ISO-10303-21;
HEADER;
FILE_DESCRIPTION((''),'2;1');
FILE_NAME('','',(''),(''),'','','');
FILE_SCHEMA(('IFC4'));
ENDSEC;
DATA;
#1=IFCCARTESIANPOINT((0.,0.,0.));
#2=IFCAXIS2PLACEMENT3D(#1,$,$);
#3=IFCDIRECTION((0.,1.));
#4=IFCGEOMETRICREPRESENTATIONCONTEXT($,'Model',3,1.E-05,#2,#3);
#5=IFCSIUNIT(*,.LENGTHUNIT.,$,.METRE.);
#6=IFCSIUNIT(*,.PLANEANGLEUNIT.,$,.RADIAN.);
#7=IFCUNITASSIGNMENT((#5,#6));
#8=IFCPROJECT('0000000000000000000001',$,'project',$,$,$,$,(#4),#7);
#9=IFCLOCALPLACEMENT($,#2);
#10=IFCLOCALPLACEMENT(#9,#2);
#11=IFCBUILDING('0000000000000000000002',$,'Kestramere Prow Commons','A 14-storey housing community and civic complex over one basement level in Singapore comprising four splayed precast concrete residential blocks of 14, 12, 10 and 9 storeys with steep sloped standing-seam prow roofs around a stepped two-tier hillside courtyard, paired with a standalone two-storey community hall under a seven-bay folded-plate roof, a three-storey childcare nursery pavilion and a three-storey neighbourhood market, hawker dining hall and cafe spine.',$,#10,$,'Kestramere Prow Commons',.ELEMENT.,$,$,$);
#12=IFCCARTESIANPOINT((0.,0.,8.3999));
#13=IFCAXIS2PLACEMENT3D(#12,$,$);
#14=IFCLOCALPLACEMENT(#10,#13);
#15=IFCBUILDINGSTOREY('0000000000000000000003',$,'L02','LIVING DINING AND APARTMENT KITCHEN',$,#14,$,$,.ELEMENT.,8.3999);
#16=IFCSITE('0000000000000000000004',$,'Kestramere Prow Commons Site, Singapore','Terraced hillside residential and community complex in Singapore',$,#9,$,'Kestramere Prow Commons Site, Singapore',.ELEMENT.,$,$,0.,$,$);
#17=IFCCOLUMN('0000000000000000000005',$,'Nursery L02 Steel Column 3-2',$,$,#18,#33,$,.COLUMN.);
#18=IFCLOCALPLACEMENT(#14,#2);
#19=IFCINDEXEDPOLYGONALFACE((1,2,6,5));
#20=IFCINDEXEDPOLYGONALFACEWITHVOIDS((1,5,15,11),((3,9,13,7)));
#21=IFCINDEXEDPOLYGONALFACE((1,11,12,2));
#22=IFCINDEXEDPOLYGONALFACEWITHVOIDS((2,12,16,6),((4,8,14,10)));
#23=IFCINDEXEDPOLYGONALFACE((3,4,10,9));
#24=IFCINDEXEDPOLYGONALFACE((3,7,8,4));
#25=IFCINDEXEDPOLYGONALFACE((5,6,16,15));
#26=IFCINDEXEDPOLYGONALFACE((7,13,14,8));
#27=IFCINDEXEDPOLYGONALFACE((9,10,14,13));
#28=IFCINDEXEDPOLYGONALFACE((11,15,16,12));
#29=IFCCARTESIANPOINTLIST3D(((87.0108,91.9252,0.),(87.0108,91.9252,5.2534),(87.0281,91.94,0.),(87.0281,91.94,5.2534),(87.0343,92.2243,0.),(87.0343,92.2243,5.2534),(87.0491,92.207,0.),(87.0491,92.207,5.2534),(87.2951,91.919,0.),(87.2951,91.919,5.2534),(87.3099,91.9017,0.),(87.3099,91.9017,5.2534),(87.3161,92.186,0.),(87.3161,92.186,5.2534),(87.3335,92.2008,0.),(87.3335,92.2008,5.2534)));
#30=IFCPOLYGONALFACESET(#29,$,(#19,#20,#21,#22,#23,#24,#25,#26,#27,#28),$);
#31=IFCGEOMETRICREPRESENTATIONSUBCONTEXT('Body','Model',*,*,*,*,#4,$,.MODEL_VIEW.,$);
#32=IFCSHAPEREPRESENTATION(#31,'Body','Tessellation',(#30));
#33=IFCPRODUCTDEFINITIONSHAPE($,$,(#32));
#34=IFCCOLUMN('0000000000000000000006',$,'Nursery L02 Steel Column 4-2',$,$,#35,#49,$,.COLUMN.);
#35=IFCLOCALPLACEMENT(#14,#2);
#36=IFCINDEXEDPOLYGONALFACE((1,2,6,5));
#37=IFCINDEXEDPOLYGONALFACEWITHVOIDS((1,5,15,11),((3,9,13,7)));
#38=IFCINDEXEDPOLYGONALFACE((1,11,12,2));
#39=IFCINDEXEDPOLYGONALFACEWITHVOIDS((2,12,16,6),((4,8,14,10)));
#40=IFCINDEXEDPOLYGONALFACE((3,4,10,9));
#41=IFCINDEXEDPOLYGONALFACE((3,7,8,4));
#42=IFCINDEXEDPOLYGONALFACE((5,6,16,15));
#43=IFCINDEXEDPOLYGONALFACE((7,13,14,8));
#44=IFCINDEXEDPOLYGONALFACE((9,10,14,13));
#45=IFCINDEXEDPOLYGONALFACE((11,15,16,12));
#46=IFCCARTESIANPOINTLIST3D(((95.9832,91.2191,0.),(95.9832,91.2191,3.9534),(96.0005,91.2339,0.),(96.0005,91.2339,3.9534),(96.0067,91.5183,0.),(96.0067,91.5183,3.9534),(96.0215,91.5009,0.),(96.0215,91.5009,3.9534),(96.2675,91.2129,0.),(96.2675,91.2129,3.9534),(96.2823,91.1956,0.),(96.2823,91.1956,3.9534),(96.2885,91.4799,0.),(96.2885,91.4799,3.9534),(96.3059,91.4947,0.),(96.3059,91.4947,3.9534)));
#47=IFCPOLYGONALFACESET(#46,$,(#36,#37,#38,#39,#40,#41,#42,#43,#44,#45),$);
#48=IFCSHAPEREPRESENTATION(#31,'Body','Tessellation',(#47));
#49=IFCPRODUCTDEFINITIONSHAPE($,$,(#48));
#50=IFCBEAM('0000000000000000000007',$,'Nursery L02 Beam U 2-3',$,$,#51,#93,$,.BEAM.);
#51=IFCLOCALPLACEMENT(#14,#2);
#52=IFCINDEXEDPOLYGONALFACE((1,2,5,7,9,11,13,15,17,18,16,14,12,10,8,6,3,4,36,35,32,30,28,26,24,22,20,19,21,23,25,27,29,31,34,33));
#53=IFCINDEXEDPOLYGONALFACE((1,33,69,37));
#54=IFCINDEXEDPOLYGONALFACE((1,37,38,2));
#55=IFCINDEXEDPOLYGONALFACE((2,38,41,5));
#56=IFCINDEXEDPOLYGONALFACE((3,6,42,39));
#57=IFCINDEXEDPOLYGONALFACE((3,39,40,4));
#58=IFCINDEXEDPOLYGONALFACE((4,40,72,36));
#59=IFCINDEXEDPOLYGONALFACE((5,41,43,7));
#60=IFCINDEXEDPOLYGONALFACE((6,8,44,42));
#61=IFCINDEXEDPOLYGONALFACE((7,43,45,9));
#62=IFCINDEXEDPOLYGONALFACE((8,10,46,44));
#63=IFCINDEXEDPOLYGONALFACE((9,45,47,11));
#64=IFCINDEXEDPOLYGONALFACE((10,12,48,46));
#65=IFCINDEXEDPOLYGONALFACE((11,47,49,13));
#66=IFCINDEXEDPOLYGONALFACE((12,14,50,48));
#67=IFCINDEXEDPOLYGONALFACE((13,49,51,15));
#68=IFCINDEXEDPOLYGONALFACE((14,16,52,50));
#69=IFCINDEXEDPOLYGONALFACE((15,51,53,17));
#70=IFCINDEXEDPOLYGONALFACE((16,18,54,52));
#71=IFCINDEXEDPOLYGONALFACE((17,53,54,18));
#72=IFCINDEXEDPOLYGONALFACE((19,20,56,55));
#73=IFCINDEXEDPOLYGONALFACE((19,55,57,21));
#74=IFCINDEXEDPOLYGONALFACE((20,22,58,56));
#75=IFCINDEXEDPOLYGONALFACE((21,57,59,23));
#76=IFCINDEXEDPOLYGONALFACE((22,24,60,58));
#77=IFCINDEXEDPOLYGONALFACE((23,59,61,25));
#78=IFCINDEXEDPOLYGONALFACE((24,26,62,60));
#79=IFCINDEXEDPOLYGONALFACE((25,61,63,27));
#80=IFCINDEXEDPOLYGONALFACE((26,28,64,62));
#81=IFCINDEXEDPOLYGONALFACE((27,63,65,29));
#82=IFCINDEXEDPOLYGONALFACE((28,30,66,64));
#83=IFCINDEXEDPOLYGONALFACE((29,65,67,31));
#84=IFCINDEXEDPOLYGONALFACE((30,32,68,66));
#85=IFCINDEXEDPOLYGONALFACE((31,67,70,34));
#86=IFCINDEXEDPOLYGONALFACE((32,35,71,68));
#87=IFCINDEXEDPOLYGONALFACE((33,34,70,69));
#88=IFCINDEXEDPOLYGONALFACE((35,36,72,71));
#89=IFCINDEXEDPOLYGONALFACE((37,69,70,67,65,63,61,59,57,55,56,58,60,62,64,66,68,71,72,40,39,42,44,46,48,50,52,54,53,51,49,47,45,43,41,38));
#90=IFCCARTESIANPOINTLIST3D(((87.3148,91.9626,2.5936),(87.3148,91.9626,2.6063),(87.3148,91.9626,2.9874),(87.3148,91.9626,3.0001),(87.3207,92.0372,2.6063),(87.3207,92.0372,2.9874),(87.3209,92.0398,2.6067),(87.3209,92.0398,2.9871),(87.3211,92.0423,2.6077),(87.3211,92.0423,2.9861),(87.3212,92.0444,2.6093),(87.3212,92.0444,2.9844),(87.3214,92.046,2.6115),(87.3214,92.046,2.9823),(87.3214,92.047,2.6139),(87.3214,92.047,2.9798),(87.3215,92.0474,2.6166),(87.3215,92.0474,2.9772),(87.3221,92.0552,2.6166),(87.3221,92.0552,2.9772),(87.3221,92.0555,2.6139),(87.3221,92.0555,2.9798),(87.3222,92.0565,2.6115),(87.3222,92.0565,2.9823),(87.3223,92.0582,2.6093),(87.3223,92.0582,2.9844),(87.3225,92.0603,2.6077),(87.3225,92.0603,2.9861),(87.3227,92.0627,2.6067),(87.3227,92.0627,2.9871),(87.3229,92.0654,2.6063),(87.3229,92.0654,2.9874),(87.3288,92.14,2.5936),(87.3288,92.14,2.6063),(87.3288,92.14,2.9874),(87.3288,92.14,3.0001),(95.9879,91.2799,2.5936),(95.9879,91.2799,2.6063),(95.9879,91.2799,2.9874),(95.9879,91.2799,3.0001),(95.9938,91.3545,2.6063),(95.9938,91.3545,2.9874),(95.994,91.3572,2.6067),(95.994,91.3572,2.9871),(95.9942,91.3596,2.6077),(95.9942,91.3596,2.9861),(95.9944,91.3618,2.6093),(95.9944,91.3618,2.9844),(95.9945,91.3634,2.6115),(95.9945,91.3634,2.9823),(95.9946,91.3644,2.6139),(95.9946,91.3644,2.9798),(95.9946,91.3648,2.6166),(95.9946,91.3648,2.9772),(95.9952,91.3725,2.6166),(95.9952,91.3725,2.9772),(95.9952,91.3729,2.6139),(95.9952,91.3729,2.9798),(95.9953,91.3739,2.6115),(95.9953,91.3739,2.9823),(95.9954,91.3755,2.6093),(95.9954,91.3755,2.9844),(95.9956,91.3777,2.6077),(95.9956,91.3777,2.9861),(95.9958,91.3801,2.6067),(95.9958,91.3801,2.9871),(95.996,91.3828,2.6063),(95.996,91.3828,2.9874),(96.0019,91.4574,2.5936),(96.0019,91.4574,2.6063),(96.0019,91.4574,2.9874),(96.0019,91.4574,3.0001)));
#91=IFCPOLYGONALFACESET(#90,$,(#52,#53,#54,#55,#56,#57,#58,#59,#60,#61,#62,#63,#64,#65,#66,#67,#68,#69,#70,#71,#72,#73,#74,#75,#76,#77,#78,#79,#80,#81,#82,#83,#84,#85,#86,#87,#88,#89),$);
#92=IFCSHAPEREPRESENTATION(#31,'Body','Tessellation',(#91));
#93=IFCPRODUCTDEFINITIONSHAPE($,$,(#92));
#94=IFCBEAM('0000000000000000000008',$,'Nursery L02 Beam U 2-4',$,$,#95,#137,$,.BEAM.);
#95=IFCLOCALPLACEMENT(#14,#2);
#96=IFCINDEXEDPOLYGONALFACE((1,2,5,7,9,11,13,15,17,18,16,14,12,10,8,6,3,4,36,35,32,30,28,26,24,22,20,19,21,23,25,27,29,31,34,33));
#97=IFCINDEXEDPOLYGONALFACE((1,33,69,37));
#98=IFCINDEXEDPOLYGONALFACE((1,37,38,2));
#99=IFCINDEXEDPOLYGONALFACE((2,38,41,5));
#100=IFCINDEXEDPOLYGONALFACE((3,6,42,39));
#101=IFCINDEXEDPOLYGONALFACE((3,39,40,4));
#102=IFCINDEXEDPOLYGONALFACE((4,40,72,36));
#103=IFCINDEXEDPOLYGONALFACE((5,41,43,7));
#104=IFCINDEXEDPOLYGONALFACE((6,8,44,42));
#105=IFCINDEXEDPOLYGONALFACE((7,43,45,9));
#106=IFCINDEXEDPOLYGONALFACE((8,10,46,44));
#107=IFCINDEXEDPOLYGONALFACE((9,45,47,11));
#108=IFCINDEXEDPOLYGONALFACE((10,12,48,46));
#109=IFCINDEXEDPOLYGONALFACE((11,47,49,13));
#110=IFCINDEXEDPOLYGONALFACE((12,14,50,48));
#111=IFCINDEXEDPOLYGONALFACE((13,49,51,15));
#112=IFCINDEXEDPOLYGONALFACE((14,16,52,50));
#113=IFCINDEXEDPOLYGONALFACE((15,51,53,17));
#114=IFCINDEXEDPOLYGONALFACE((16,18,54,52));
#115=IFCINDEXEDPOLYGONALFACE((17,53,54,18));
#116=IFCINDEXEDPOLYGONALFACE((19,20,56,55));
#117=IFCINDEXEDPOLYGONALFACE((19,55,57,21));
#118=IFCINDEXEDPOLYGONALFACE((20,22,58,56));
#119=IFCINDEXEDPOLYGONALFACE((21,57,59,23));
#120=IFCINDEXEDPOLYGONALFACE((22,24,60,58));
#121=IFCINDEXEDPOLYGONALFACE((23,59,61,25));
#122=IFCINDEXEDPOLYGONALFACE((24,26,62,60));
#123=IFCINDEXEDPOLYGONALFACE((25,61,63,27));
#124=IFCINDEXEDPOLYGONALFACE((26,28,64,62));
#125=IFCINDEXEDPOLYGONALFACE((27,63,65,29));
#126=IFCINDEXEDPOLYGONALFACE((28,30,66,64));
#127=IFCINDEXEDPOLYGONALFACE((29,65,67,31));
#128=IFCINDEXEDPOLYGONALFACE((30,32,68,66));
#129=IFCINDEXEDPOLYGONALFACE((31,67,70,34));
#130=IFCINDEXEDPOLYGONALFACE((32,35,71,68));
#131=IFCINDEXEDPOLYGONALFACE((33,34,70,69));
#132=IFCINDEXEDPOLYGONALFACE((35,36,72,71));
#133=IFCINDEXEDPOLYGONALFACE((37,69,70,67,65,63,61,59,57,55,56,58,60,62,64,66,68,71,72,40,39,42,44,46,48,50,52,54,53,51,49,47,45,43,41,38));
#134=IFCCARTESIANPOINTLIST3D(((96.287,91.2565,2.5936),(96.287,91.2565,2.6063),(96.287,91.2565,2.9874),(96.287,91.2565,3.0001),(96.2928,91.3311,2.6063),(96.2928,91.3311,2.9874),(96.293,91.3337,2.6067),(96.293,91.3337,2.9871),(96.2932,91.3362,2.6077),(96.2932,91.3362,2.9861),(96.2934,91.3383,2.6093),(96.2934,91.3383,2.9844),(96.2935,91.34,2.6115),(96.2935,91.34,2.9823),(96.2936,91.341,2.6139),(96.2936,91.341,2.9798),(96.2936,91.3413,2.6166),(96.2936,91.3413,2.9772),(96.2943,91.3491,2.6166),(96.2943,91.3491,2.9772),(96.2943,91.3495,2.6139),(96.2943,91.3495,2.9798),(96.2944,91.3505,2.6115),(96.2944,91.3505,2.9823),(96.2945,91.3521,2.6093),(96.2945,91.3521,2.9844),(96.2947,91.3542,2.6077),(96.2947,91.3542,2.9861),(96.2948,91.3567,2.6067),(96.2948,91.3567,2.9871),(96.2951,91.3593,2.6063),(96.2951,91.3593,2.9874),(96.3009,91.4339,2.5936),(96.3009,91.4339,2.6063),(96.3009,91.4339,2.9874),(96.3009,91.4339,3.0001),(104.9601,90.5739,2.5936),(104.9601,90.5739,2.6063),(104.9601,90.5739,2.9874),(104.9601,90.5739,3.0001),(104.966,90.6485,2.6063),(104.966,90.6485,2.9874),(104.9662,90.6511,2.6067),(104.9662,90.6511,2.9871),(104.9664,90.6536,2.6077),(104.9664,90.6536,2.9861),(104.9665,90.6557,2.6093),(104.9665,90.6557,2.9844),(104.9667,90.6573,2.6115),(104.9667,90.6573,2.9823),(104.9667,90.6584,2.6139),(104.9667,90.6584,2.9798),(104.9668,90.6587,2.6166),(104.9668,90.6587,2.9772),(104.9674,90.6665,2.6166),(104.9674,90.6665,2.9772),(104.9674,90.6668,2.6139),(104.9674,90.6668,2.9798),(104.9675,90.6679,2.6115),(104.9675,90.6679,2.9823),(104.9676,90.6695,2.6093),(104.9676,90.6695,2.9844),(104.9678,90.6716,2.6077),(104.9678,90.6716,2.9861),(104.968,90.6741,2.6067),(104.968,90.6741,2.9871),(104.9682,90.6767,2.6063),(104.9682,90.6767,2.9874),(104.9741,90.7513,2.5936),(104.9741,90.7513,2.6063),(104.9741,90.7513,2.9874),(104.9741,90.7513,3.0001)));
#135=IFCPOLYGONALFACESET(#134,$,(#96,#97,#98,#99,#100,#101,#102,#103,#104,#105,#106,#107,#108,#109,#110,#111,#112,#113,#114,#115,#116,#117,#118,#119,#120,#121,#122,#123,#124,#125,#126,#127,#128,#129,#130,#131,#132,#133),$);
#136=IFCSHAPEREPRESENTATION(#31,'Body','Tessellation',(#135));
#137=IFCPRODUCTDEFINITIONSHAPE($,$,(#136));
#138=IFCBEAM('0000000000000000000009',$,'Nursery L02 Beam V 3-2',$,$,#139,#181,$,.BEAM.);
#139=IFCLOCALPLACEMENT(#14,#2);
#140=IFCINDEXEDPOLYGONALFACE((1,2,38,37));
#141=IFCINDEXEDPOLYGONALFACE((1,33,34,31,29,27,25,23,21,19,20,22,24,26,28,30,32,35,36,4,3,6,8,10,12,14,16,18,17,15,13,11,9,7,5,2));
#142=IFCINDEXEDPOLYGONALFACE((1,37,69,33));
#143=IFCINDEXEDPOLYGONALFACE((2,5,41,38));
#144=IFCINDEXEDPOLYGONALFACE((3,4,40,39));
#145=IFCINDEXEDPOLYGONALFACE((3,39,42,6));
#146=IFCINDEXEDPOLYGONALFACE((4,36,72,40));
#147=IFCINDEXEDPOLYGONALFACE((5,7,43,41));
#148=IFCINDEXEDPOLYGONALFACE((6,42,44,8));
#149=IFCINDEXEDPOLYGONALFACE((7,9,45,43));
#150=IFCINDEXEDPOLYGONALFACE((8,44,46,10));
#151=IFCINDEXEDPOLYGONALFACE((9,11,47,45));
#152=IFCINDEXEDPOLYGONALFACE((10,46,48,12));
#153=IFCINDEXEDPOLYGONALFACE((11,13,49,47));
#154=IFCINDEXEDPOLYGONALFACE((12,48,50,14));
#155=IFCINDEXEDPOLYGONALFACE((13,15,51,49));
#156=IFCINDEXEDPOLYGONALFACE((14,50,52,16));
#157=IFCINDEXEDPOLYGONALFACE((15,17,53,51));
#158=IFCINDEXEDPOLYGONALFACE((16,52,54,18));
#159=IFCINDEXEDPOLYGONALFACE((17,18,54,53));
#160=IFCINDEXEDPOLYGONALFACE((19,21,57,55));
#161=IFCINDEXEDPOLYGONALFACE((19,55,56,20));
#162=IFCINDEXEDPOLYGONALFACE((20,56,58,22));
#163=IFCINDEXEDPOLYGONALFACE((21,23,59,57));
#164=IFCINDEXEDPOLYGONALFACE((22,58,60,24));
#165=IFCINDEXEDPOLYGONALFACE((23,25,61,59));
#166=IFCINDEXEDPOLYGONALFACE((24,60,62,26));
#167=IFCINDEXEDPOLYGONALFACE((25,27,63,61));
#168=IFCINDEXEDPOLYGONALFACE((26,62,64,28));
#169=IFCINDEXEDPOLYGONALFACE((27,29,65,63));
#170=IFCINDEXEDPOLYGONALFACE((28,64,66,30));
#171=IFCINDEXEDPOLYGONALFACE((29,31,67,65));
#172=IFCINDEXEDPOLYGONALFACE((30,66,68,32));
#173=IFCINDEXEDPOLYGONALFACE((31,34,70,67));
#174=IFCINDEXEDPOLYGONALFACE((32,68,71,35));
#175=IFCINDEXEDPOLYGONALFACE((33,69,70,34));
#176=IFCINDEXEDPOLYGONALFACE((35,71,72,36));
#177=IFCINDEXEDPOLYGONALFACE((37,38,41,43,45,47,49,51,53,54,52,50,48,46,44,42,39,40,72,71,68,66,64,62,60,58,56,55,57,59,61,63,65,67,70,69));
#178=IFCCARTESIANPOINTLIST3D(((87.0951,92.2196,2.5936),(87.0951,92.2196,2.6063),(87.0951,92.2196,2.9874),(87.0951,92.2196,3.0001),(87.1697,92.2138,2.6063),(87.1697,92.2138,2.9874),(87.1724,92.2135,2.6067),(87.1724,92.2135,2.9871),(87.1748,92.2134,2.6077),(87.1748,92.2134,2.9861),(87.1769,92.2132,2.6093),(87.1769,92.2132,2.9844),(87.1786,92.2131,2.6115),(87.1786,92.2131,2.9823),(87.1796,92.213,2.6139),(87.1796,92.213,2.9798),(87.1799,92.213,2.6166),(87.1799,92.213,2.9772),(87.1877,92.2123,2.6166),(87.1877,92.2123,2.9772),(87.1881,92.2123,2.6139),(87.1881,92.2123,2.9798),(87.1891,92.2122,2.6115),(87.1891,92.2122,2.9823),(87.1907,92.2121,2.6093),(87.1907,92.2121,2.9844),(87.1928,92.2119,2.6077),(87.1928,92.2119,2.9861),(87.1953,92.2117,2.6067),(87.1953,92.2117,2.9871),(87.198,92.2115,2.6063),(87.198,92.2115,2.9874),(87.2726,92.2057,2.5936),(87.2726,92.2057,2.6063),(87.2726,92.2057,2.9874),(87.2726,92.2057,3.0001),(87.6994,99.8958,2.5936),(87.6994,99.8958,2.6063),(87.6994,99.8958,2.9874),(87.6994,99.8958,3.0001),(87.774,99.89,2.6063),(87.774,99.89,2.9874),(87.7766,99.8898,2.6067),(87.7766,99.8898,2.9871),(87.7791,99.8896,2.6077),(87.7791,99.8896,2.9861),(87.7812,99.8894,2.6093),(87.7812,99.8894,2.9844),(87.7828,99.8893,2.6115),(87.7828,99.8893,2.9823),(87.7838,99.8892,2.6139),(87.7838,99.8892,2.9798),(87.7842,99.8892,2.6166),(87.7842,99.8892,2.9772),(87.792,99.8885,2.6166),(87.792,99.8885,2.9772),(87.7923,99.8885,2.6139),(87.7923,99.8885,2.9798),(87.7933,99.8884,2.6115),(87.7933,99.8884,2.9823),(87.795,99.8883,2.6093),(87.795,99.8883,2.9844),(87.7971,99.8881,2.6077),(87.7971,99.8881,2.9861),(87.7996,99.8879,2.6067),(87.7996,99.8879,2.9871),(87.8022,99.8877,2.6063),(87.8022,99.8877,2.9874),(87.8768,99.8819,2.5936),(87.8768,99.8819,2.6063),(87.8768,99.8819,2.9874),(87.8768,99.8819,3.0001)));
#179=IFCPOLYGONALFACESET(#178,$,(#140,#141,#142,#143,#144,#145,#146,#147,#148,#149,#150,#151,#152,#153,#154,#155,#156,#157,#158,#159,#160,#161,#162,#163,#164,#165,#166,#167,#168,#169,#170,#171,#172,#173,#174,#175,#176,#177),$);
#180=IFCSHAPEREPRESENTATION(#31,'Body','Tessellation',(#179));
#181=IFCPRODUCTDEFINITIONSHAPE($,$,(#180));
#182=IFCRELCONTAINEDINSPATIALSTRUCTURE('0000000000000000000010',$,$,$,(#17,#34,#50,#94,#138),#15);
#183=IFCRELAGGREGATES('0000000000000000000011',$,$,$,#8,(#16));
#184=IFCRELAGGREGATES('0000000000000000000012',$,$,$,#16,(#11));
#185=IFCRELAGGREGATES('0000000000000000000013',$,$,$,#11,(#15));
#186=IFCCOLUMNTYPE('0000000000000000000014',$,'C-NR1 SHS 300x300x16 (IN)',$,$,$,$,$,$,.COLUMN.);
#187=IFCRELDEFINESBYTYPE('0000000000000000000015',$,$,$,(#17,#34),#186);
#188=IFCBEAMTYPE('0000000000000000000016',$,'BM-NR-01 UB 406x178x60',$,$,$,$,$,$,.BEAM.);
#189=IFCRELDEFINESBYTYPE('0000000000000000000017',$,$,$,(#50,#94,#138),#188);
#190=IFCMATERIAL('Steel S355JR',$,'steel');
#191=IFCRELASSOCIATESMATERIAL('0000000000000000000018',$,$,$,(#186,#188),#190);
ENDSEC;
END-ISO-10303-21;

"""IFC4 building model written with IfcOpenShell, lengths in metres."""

from ifc_helpers import new_model, si_unit, direction, frame, origin, origin_2d, place, context, subcontext, project, spatial, hollow_rectangle, i_section, extrude, material, material_profile, profile_set, type_object, element, save


model = new_model("IFC4")

# Units and contexts
model_context = context("Model", 3, precision=1e-05, world=origin(), true_north=direction((0.0, 1.0)))
body_context = subcontext(model_context, "Body", "Model", "MODEL_VIEW")
ifc_project = project(units=[si_unit("LENGTHUNIT", "METRE"), si_unit("PLANEANGLEUNIT", "RADIAN")], contexts=[model_context])

# Site, building, storey
site_placement = place(None, origin())
site = spatial("IfcSite", under=ifc_project, at=site_placement, Name="Kestramere Prow Commons Site, Singapore", Description="Terraced hillside residential and community complex in Singapore", LongName="Kestramere Prow Commons Site, Singapore", CompositionType="ELEMENT", RefElevation=0.0)
building_placement = place(site_placement, origin())
building = spatial("IfcBuilding", under=site, at=building_placement, Name="Kestramere Prow Commons", Description="A 14-storey housing community and civic complex over one basement level in Singapore comprising four splayed precast concrete residential blocks of 14, 12, 10 and 9 storeys with steep sloped standing-seam prow roofs around a stepped two-tier hillside courtyard, paired with a standalone two-storey community hall under a seven-bay folded-plate roof, a three-storey childcare nursery pavilion and a three-storey neighbourhood market, hawker dining hall and cafe spine.", LongName="Kestramere Prow Commons", CompositionType="ELEMENT")
storey_placement = place(building_placement, frame((0.0, 0.0, 8.3999)))
storey = spatial("IfcBuildingStorey", under=building, at=storey_placement, Name="L02", Description="LIVING DINING AND APARTMENT KITCHEN", CompositionType="ELEMENT", Elevation=8.3999)

# Columns
ifc_material_1 = material(Name="Steel S355JR", Category="steel")
ifc_material_profile_1 = material_profile(ifc_material_1, hollow_rectangle(XDim=0.3, YDim=0.3, WallThickness=0.0161, at=origin_2d()), Name="SHS 300x300x16")
ifc_profile_set_1 = profile_set([ifc_material_profile_1], Name="Steel S355JR")
column_type = type_object("IfcColumnType", Name="C-NR1 SHS 300x300x16 (IN)", PredefinedType="COLUMN", material=ifc_profile_set_1)
column_1_placement = place(storey_placement, frame((87.1721, 92.063, 0.0), z_axis=(0.0, 0.0, 1.0), x_axis=(0.996917, -0.078459, 0.0)))
element("IfcColumn", 1, at=column_1_placement, inside=storey, type_object=column_type, Name="Nursery L02 Steel Column 3-2", PredefinedType="COLUMN", context=body_context, shape_type="SweptSolid", body=[
    extrude(hollow_rectangle(XDim=0.3, YDim=0.3, WallThickness=0.0161, at=origin_2d()), origin(), (0.0, 0.0, 1.0), 5.2534),
])
column_2_placement = place(storey_placement, frame((96.1445, 91.3569, 0.0), z_axis=(0.0, 0.0, 1.0), x_axis=(0.996917, -0.078459, 0.0)))
element("IfcColumn", 2, at=column_2_placement, inside=storey, type_object=column_type, Name="Nursery L02 Steel Column 4-2", PredefinedType="COLUMN", context=body_context, shape_type="SweptSolid", body=[
    extrude(hollow_rectangle(XDim=0.3, YDim=0.3, WallThickness=0.0161, at=origin_2d()), origin(), (0.0, 0.0, 1.0), 3.9534),
])

# Beams
ifc_material_profile_2 = material_profile(ifc_material_1, i_section(OverallWidth=0.178, OverallDepth=0.4065, WebThickness=0.0078, FlangeThickness=0.0127, FilletRadius=0.0103, at=origin_2d()), Name="UB 406x178x60")
ifc_profile_set_2 = profile_set([ifc_material_profile_2], Name="Steel S355JR")
beam_type = type_object("IfcBeamType", Name="BM-NR-01 UB 406x178x60", PredefinedType="BEAM", material=ifc_profile_set_2)
for number, where, z_axis, x_axis, name in (
    (3, (87.3218, 92.0513, 2.7969), (0.996917, -0.078462, 0.0), (0.078462, 0.996917, 0.0), "Nursery L02 Beam U 2-3"),
    (4, (96.2939, 91.3452, 2.7969), (0.996917, -0.078462, 0.0), (0.078462, 0.996917, 0.0), "Nursery L02 Beam U 2-4"),
):
    element("IfcBeam", number, at=place(storey_placement, frame(where, z_axis=z_axis, x_axis=x_axis)), inside=storey, type_object=beam_type, Name=name, PredefinedType="BEAM", context=body_context, shape_type="SweptSolid", body=[
        extrude(i_section(OverallWidth=0.178, OverallDepth=0.4065, WebThickness=0.0078, FlangeThickness=0.0127, FilletRadius=0.0103, at=origin_2d()), origin(), (0.0, 0.0, 1.0), 8.7),
    ])
for number, where, z_axis, x_axis, name in (
    (5, (87.1838, 92.2126, 2.7969), (0.078474, 0.996916, 0.0), (-0.996916, 0.078474, 0.0), "Nursery L02 Beam V 3-2"),
):
    element("IfcBeam", number, at=place(storey_placement, frame(where, z_axis=z_axis, x_axis=x_axis)), inside=storey, type_object=beam_type, Name=name, PredefinedType="BEAM", context=body_context, shape_type="SweptSolid", body=[
        extrude(i_section(OverallWidth=0.178, OverallDepth=0.4065, WebThickness=0.0078, FlangeThickness=0.0127, FilletRadius=0.0103, at=origin_2d()), origin(), (0.0, 0.0, 1.0), 7.7),
    ])

save(model, "model.ifc")
